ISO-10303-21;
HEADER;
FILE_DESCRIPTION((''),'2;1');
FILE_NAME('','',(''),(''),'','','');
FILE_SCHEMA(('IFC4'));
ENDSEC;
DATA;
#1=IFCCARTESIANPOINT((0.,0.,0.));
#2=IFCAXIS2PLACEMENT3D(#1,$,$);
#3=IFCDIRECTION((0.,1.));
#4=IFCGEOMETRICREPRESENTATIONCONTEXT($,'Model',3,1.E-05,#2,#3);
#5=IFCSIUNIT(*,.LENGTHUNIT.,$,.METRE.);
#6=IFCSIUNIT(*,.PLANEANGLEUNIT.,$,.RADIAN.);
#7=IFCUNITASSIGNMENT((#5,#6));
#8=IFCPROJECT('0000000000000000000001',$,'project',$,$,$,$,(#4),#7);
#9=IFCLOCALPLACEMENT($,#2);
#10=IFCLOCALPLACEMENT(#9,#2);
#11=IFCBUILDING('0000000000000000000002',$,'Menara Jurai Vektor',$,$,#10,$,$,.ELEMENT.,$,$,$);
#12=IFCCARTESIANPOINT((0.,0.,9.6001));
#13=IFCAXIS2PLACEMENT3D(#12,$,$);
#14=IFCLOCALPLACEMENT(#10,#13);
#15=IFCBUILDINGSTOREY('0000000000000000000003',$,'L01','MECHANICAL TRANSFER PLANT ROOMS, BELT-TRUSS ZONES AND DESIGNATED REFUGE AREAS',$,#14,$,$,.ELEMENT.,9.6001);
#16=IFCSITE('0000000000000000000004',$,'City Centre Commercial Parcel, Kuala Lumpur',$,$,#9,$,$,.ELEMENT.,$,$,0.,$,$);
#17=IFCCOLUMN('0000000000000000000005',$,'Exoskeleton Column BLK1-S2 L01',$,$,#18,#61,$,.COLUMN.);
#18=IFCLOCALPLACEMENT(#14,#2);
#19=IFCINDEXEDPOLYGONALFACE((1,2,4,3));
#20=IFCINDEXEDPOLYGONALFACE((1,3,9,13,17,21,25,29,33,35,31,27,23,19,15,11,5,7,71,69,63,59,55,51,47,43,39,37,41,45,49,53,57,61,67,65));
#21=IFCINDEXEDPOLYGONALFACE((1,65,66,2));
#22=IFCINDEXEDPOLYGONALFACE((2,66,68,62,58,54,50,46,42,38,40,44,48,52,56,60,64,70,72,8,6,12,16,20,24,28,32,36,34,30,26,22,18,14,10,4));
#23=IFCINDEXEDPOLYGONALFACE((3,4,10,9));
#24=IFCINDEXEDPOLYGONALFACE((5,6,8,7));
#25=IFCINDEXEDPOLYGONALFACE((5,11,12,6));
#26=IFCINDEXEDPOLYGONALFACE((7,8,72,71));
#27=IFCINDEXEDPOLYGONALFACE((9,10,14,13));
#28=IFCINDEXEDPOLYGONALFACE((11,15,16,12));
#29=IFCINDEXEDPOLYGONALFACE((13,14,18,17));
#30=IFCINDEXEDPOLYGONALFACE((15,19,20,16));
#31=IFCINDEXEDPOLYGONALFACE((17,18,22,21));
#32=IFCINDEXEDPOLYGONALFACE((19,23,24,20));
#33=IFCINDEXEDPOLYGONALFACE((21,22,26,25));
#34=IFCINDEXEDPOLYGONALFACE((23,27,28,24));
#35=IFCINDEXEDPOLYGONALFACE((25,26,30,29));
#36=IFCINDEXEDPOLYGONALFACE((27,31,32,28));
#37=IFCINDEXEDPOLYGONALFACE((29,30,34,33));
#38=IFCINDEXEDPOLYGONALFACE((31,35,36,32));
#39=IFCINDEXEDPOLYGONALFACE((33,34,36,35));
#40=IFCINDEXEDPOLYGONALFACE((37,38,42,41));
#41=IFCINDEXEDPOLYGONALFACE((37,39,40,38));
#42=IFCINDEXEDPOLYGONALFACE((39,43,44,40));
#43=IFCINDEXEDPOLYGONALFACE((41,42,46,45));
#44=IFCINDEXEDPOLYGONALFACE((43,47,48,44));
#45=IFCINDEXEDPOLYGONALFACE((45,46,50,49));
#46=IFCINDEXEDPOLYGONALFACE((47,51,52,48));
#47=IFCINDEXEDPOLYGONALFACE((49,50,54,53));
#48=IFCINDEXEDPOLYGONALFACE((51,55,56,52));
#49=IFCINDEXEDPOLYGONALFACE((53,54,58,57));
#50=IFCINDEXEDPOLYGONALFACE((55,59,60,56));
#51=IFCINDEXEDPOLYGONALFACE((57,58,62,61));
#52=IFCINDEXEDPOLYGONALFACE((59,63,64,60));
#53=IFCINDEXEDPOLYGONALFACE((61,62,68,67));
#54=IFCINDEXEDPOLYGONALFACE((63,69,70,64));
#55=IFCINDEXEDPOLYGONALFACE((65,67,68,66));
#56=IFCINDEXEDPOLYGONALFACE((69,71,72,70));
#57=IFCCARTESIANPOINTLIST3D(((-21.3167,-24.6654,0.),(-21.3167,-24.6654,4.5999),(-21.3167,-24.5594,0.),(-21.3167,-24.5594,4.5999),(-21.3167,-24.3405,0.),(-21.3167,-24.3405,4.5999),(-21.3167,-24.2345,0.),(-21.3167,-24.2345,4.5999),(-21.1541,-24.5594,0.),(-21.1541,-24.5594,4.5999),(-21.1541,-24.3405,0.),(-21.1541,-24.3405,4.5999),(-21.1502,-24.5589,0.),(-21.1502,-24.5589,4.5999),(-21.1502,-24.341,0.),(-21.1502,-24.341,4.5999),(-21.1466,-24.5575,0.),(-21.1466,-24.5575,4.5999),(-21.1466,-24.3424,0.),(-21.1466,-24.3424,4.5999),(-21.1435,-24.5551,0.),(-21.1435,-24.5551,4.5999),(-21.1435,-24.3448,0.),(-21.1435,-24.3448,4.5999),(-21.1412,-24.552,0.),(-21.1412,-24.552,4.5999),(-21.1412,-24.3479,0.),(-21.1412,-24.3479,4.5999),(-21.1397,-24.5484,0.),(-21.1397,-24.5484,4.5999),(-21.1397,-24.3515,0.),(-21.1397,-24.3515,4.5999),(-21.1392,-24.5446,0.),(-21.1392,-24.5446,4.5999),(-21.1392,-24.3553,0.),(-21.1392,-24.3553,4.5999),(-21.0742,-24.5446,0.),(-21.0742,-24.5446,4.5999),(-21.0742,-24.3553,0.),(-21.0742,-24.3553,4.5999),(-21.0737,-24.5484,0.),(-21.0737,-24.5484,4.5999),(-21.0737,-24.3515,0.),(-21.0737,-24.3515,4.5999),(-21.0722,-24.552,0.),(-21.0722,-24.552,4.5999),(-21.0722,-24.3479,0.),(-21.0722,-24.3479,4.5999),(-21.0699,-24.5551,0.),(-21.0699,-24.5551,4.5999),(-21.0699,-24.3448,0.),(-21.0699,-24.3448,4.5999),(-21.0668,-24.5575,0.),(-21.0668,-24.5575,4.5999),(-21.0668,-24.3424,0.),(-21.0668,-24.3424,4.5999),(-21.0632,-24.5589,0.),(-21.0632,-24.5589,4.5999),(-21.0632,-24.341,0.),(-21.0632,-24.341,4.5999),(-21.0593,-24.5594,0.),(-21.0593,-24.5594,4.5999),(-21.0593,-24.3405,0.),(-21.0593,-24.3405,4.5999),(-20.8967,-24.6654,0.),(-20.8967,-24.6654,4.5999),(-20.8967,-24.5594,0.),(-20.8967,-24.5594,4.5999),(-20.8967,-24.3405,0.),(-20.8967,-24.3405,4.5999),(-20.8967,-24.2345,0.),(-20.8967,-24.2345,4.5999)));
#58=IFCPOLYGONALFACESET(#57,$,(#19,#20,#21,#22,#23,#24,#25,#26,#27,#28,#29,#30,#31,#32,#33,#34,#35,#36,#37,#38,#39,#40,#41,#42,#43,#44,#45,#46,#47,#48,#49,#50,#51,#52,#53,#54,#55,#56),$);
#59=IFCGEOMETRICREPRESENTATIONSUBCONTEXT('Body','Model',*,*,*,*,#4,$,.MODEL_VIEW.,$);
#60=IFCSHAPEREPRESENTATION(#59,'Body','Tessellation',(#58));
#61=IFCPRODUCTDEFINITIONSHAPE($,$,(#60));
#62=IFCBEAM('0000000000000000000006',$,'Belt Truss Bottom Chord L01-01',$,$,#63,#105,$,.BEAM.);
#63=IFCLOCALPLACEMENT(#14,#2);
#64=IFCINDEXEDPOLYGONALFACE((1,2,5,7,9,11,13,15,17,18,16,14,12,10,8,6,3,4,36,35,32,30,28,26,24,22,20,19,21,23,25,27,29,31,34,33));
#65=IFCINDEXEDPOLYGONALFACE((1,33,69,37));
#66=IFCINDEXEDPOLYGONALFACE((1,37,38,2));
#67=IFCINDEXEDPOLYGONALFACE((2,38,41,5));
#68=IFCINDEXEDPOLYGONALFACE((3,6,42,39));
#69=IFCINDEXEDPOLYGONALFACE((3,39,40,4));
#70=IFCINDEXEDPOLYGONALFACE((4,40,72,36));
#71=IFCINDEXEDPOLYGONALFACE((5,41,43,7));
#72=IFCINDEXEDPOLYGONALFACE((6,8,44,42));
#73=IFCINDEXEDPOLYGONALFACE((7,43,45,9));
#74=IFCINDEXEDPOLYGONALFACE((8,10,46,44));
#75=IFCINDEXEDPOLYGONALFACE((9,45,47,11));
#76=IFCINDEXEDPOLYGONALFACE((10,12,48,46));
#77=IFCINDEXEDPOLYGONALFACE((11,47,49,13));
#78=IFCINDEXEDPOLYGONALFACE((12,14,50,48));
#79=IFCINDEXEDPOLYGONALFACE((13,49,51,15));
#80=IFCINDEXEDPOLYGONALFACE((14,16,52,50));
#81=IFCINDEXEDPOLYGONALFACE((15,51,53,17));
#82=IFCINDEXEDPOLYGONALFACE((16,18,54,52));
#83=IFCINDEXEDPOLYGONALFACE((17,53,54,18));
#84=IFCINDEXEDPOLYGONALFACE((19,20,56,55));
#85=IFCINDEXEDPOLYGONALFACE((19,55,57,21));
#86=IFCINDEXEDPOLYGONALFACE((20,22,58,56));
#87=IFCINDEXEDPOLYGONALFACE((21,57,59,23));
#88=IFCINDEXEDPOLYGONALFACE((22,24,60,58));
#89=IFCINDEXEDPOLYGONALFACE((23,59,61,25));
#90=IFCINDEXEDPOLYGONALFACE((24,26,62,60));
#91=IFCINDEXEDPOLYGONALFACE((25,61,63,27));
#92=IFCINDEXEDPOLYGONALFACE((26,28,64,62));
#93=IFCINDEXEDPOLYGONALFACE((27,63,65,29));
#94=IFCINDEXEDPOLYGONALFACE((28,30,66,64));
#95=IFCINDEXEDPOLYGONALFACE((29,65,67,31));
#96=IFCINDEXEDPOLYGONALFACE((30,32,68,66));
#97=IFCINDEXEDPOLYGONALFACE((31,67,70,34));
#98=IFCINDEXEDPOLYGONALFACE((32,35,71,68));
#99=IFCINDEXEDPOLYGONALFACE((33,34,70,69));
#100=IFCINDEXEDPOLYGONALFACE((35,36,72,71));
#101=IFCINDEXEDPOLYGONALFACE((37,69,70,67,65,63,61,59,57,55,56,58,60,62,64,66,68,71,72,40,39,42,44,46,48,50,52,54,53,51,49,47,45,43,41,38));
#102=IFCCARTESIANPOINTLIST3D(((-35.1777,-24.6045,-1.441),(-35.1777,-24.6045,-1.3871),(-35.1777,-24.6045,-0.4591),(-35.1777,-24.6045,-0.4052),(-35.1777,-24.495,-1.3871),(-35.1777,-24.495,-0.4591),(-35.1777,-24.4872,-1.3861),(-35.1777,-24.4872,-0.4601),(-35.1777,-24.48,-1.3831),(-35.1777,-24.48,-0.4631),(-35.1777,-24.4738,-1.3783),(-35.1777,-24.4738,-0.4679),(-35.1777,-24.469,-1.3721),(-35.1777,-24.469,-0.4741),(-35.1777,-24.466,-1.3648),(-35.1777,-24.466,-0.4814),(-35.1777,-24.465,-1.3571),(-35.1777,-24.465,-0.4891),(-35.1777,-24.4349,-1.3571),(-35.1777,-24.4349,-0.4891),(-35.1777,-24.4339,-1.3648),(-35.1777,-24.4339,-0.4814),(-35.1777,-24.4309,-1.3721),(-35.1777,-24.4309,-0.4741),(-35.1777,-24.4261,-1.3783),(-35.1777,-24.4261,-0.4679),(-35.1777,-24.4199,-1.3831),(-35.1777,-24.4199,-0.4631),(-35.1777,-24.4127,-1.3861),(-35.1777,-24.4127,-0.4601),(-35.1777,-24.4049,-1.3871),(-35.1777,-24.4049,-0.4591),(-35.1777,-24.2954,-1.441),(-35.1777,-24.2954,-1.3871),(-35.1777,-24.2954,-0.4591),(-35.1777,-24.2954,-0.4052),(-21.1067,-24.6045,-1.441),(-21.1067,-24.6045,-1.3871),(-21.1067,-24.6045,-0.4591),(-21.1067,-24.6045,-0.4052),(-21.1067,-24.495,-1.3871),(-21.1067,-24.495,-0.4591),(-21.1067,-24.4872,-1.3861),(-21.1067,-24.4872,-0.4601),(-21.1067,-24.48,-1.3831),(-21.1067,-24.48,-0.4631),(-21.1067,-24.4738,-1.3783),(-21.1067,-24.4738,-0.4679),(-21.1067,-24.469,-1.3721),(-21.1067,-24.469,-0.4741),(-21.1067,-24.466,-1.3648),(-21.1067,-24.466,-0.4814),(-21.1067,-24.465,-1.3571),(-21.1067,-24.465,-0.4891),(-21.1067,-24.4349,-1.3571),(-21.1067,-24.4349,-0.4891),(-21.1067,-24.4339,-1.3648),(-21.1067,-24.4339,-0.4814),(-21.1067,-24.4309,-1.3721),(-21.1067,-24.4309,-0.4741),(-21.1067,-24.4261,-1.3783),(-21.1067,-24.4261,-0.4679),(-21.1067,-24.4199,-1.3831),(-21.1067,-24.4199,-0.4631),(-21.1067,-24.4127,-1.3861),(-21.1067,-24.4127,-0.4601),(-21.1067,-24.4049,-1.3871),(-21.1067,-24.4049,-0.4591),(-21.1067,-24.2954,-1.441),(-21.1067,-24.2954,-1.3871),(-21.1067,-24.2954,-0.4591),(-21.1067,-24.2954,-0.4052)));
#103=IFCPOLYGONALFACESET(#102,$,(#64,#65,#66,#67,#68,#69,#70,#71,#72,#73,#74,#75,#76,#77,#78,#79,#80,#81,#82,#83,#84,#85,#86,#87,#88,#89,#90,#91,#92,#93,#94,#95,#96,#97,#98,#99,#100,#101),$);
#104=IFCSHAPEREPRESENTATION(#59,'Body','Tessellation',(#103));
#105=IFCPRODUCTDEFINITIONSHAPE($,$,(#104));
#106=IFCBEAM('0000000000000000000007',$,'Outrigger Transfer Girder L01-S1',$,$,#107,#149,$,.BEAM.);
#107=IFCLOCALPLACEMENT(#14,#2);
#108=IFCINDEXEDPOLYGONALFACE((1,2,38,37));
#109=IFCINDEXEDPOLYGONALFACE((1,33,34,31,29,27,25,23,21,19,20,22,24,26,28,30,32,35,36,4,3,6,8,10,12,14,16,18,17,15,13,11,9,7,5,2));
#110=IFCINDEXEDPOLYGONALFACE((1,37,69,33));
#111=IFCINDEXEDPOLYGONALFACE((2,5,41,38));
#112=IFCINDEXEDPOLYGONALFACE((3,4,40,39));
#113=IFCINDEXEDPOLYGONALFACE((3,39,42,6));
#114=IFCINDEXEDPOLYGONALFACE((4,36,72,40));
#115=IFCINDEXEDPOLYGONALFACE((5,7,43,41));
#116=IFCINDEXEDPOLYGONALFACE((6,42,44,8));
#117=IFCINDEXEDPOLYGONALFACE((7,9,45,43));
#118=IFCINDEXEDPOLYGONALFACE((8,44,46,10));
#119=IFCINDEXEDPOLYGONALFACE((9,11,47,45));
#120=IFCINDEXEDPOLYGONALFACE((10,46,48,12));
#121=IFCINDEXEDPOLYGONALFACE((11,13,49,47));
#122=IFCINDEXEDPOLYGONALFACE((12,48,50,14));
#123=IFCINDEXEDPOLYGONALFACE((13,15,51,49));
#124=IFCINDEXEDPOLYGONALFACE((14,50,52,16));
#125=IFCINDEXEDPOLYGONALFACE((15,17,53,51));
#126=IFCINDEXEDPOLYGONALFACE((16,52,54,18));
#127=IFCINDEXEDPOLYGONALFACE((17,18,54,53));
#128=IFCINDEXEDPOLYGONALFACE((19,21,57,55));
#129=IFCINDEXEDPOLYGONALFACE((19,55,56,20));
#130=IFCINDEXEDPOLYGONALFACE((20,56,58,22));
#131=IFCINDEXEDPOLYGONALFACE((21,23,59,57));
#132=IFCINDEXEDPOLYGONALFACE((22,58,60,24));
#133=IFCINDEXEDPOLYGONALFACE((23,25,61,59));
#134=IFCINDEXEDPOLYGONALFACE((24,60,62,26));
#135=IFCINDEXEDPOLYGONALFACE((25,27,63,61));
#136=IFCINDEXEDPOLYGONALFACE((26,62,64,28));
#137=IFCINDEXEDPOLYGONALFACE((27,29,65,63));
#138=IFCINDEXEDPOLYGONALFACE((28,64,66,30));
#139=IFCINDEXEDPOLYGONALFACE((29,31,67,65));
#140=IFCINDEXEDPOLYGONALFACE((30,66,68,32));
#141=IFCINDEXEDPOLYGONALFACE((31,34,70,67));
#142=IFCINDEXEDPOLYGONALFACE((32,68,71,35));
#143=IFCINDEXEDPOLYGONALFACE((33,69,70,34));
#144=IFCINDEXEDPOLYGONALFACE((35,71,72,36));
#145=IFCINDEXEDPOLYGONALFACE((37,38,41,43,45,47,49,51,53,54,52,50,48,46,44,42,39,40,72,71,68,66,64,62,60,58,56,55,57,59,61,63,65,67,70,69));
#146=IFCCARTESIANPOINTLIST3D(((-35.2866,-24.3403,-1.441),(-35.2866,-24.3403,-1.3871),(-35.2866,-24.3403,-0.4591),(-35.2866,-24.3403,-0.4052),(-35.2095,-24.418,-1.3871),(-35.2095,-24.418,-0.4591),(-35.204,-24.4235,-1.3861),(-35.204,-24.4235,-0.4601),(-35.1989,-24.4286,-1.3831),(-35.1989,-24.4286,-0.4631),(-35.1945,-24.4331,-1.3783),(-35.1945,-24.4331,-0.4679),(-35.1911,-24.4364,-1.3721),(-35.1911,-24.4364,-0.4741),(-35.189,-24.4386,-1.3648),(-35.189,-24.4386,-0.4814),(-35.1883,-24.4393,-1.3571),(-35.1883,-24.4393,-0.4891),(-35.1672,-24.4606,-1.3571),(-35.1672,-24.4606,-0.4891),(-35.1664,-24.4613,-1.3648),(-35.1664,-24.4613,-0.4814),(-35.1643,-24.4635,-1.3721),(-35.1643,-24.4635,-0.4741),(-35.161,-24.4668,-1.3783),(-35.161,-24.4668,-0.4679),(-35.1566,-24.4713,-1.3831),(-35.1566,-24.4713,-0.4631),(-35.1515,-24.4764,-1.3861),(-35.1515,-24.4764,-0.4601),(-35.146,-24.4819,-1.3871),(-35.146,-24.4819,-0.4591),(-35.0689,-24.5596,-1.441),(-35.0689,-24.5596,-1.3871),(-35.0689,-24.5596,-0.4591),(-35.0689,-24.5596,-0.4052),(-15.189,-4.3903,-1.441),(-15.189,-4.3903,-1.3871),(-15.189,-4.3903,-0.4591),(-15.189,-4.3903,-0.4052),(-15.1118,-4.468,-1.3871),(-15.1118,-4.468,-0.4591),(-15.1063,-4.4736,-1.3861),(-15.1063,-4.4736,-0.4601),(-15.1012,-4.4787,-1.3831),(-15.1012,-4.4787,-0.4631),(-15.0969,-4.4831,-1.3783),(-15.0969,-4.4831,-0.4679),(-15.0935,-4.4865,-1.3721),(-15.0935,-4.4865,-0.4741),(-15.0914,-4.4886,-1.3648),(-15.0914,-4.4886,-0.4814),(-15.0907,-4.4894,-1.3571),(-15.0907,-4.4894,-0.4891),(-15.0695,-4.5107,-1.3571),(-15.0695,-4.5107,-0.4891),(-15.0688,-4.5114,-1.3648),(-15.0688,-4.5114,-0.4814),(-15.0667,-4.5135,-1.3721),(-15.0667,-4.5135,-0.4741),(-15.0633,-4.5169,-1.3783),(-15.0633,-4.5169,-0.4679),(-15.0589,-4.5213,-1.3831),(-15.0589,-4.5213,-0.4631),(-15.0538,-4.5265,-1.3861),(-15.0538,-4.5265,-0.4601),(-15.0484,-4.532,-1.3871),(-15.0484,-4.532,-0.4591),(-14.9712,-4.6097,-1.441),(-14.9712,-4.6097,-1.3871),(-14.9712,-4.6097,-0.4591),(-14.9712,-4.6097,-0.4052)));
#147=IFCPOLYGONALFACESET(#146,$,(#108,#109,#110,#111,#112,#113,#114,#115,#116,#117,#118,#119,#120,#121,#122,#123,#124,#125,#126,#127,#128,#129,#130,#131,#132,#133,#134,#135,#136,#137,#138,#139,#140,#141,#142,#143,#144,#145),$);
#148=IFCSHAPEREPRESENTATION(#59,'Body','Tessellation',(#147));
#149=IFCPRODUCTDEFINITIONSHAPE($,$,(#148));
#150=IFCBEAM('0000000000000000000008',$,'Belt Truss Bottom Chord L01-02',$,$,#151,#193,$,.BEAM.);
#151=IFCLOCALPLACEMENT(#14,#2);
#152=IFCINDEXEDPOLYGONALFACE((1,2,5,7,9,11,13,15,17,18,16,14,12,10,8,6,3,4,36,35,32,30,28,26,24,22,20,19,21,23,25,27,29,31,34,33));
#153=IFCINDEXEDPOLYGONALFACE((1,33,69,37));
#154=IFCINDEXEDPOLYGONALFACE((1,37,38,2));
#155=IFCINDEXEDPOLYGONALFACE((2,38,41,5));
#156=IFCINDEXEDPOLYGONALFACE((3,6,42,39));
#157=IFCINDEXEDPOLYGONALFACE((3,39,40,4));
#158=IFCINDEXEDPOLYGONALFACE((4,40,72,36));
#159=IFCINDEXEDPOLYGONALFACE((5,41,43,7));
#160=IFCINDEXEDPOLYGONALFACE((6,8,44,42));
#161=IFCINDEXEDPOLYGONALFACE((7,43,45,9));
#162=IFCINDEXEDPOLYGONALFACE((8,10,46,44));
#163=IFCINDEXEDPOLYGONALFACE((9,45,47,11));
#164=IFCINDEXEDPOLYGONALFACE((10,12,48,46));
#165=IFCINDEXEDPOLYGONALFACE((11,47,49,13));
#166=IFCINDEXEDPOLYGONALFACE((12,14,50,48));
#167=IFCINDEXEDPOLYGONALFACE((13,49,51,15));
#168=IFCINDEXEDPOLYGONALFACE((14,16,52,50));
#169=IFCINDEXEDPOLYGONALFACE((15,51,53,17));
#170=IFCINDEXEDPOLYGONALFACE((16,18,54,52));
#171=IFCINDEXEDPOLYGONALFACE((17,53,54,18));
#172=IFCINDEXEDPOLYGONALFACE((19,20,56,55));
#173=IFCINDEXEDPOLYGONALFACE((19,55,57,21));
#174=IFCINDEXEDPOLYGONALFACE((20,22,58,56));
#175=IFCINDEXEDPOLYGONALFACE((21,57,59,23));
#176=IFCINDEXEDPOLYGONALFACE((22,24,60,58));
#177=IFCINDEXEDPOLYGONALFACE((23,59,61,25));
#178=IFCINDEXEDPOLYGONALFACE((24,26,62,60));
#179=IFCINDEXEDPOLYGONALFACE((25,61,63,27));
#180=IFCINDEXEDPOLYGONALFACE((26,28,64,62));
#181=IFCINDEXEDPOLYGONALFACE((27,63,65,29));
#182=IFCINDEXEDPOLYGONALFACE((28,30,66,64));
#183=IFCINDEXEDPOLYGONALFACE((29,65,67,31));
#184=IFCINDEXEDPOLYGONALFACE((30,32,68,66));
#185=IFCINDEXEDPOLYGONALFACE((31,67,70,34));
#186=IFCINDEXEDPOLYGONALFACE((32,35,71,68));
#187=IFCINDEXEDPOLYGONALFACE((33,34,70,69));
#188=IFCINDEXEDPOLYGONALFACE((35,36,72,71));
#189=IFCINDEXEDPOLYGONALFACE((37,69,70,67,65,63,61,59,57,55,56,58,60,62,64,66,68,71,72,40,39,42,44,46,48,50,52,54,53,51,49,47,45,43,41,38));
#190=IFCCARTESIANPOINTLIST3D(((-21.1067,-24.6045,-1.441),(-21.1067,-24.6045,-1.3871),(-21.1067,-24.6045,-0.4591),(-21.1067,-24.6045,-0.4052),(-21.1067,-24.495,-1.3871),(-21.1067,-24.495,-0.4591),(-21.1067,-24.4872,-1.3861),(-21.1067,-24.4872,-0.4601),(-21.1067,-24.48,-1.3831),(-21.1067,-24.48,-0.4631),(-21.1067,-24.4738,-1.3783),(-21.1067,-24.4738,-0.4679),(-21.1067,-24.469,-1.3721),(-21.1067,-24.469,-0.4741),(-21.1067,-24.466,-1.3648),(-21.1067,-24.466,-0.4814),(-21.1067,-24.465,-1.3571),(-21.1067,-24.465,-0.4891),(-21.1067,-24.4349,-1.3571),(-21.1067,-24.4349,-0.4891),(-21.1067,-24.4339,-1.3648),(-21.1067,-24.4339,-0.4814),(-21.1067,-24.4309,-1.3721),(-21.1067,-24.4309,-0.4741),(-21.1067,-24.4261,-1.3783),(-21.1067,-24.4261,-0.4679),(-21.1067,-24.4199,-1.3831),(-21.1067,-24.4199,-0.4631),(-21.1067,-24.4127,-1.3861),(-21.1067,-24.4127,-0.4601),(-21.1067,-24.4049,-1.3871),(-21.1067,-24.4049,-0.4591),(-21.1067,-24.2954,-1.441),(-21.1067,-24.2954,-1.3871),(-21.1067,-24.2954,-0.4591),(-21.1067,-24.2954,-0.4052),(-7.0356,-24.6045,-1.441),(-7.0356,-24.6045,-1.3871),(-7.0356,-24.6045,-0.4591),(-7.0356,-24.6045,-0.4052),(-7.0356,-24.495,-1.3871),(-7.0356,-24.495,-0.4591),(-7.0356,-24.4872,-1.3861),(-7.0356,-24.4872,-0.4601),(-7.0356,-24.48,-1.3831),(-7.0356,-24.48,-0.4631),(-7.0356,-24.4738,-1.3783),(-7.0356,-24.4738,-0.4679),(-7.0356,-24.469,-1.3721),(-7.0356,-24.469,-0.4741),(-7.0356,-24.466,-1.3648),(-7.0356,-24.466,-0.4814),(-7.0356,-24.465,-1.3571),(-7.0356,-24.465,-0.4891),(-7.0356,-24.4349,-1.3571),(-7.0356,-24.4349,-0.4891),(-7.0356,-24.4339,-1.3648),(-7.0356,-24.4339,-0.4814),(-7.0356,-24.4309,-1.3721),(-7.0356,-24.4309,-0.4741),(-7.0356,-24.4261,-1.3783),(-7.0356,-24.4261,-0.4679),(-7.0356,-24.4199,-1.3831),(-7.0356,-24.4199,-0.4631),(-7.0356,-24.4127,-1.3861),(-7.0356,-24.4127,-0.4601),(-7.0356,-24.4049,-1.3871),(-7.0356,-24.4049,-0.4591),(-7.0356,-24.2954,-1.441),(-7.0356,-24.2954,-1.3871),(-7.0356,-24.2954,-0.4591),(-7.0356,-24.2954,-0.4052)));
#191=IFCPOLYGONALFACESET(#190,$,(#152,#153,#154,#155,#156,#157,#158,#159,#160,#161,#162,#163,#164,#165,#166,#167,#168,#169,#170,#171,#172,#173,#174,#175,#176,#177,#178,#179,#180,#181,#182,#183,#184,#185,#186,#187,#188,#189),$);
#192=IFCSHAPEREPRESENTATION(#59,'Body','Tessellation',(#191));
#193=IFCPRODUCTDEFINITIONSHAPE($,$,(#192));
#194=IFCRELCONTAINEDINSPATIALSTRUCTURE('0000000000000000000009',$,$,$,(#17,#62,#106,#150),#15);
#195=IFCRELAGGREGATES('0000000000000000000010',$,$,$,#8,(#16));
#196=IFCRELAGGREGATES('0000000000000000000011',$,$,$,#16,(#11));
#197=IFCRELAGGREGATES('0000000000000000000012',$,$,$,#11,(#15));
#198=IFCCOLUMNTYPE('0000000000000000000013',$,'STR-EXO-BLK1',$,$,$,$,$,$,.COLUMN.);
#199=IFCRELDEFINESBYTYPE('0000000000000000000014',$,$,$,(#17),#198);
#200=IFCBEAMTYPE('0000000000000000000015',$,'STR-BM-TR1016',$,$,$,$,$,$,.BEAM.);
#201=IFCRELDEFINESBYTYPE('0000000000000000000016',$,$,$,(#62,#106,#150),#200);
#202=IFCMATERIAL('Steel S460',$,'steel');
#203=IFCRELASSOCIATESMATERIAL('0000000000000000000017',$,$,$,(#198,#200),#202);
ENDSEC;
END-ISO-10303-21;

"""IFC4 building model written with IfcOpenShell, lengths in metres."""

from ifc_helpers import new_model, si_unit, direction, frame, origin, origin_2d, place, context, subcontext, project, spatial, i_section, extrude, material, material_profile, profile_set, type_object, element, save


model = new_model("IFC4")

# Units and contexts
model_context = context("Model", 3, precision=1e-05, world=origin(), true_north=direction((0.0, 1.0)))
body_context = subcontext(model_context, "Body", "Model", "MODEL_VIEW")
ifc_project = project(units=[si_unit("LENGTHUNIT", "METRE"), si_unit("PLANEANGLEUNIT", "RADIAN")], contexts=[model_context])

# Site, building, storey
site_placement = place(None, origin())
site = spatial("IfcSite", under=ifc_project, at=site_placement, Name="City Centre Commercial Parcel, Kuala Lumpur", CompositionType="ELEMENT", RefElevation=0.0)
building_placement = place(site_placement, origin())
building = spatial("IfcBuilding", under=site, at=building_placement, Name="Menara Jurai Vektor", CompositionType="ELEMENT")
storey_placement = place(building_placement, frame((0.0, 0.0, 9.6001)))
storey = spatial("IfcBuildingStorey", under=building, at=storey_placement, Name="L01", Description="MECHANICAL TRANSFER PLANT ROOMS, BELT-TRUSS ZONES AND DESIGNATED REFUGE AREAS", CompositionType="ELEMENT", Elevation=9.6001)

# Column
ifc_material_1 = material(Name="Steel S460", Category="steel")
ifc_material_profile_1 = material_profile(ifc_material_1, i_section(OverallWidth=0.4199, OverallDepth=0.4309, WebThickness=0.0649, FlangeThickness=0.106, FilletRadius=0.0149, at=origin_2d()), Name="HD 400x900")
ifc_profile_set_1 = profile_set([ifc_material_profile_1], Name="Steel S460")
column_type = type_object("IfcColumnType", Name="STR-EXO-BLK1", PredefinedType="COLUMN", material=ifc_profile_set_1)
column_placement = place(storey_placement, frame((-21.1067, -24.45, 0.0), z_axis=(0.0, 0.0, 1.0), x_axis=(1.0, 0.0, 0.0)))
element("IfcColumn", 1, at=column_placement, inside=storey, type_object=column_type, Name="Exoskeleton Column BLK1-S2 L01", PredefinedType="COLUMN", context=body_context, shape_type="SweptSolid", body=[
    extrude(i_section(OverallWidth=0.4199, OverallDepth=0.4309, WebThickness=0.0649, FlangeThickness=0.106, FilletRadius=0.0149, at=origin_2d()), origin(), (0.0, 0.0, 1.0), 4.5999),
])

# Beams
ifc_material_profile_2 = material_profile(ifc_material_1, i_section(OverallWidth=0.3091, OverallDepth=1.0359, WebThickness=0.03, FlangeThickness=0.054, FilletRadius=0.03, at=origin_2d()), Name="UKB 1016x305x487")
ifc_profile_set_2 = profile_set([ifc_material_profile_2], Name="Steel S460")
beam_type_1 = type_object("IfcBeamType", Name="STR-BM-TR1016", PredefinedType="BEAM", material=ifc_profile_set_2)
beam_1_placement = place(storey_placement, frame((-35.1777, -24.45, -0.9231), z_axis=(1.0, 0.0, 0.0), x_axis=(0.0, 1.0, 0.0)))
element("IfcBeam", 2, at=beam_1_placement, inside=storey, type_object=beam_type_1, Name="Belt Truss Bottom Chord L01-01", PredefinedType="BEAM", context=body_context, shape_type="SweptSolid", body=[
    extrude(i_section(OverallWidth=0.3091, OverallDepth=1.0359, WebThickness=0.03, FlangeThickness=0.054, FilletRadius=0.03, at=origin_2d()), origin(), (0.0, 0.0, 1.0), 14.071),
])
beam_2_placement = place(storey_placement, frame((-35.1777, -24.45, -0.9231), z_axis=(0.70971, 0.704494, 0.0), x_axis=(-0.704494, 0.70971, 0.0)))
element("IfcBeam", 3, at=beam_2_placement, inside=storey, type_object=beam_type_1, Name="Outrigger Transfer Girder L01-S1", PredefinedType="BEAM", context=body_context, shape_type="SweptSolid", body=[
    extrude(i_section(OverallWidth=0.3091, OverallDepth=1.0359, WebThickness=0.03, FlangeThickness=0.054, FilletRadius=0.03, at=origin_2d()), origin(), (0.0, 0.0, 1.0), 28.3181),
])
beam_3_placement = place(storey_placement, frame((-21.1067, -24.45, -0.9231), z_axis=(1.0, 0.0, 0.0), x_axis=(0.0, 1.0, 0.0)))
element("IfcBeam", 4, at=beam_3_placement, inside=storey, type_object=beam_type_1, Name="Belt Truss Bottom Chord L01-02", PredefinedType="BEAM", context=body_context, shape_type="SweptSolid", body=[
    extrude(i_section(OverallWidth=0.3091, OverallDepth=1.0359, WebThickness=0.03, FlangeThickness=0.054, FilletRadius=0.03, at=origin_2d()), origin(), (0.0, 0.0, 1.0), 14.071),
])

save(model, "model.ifc")
